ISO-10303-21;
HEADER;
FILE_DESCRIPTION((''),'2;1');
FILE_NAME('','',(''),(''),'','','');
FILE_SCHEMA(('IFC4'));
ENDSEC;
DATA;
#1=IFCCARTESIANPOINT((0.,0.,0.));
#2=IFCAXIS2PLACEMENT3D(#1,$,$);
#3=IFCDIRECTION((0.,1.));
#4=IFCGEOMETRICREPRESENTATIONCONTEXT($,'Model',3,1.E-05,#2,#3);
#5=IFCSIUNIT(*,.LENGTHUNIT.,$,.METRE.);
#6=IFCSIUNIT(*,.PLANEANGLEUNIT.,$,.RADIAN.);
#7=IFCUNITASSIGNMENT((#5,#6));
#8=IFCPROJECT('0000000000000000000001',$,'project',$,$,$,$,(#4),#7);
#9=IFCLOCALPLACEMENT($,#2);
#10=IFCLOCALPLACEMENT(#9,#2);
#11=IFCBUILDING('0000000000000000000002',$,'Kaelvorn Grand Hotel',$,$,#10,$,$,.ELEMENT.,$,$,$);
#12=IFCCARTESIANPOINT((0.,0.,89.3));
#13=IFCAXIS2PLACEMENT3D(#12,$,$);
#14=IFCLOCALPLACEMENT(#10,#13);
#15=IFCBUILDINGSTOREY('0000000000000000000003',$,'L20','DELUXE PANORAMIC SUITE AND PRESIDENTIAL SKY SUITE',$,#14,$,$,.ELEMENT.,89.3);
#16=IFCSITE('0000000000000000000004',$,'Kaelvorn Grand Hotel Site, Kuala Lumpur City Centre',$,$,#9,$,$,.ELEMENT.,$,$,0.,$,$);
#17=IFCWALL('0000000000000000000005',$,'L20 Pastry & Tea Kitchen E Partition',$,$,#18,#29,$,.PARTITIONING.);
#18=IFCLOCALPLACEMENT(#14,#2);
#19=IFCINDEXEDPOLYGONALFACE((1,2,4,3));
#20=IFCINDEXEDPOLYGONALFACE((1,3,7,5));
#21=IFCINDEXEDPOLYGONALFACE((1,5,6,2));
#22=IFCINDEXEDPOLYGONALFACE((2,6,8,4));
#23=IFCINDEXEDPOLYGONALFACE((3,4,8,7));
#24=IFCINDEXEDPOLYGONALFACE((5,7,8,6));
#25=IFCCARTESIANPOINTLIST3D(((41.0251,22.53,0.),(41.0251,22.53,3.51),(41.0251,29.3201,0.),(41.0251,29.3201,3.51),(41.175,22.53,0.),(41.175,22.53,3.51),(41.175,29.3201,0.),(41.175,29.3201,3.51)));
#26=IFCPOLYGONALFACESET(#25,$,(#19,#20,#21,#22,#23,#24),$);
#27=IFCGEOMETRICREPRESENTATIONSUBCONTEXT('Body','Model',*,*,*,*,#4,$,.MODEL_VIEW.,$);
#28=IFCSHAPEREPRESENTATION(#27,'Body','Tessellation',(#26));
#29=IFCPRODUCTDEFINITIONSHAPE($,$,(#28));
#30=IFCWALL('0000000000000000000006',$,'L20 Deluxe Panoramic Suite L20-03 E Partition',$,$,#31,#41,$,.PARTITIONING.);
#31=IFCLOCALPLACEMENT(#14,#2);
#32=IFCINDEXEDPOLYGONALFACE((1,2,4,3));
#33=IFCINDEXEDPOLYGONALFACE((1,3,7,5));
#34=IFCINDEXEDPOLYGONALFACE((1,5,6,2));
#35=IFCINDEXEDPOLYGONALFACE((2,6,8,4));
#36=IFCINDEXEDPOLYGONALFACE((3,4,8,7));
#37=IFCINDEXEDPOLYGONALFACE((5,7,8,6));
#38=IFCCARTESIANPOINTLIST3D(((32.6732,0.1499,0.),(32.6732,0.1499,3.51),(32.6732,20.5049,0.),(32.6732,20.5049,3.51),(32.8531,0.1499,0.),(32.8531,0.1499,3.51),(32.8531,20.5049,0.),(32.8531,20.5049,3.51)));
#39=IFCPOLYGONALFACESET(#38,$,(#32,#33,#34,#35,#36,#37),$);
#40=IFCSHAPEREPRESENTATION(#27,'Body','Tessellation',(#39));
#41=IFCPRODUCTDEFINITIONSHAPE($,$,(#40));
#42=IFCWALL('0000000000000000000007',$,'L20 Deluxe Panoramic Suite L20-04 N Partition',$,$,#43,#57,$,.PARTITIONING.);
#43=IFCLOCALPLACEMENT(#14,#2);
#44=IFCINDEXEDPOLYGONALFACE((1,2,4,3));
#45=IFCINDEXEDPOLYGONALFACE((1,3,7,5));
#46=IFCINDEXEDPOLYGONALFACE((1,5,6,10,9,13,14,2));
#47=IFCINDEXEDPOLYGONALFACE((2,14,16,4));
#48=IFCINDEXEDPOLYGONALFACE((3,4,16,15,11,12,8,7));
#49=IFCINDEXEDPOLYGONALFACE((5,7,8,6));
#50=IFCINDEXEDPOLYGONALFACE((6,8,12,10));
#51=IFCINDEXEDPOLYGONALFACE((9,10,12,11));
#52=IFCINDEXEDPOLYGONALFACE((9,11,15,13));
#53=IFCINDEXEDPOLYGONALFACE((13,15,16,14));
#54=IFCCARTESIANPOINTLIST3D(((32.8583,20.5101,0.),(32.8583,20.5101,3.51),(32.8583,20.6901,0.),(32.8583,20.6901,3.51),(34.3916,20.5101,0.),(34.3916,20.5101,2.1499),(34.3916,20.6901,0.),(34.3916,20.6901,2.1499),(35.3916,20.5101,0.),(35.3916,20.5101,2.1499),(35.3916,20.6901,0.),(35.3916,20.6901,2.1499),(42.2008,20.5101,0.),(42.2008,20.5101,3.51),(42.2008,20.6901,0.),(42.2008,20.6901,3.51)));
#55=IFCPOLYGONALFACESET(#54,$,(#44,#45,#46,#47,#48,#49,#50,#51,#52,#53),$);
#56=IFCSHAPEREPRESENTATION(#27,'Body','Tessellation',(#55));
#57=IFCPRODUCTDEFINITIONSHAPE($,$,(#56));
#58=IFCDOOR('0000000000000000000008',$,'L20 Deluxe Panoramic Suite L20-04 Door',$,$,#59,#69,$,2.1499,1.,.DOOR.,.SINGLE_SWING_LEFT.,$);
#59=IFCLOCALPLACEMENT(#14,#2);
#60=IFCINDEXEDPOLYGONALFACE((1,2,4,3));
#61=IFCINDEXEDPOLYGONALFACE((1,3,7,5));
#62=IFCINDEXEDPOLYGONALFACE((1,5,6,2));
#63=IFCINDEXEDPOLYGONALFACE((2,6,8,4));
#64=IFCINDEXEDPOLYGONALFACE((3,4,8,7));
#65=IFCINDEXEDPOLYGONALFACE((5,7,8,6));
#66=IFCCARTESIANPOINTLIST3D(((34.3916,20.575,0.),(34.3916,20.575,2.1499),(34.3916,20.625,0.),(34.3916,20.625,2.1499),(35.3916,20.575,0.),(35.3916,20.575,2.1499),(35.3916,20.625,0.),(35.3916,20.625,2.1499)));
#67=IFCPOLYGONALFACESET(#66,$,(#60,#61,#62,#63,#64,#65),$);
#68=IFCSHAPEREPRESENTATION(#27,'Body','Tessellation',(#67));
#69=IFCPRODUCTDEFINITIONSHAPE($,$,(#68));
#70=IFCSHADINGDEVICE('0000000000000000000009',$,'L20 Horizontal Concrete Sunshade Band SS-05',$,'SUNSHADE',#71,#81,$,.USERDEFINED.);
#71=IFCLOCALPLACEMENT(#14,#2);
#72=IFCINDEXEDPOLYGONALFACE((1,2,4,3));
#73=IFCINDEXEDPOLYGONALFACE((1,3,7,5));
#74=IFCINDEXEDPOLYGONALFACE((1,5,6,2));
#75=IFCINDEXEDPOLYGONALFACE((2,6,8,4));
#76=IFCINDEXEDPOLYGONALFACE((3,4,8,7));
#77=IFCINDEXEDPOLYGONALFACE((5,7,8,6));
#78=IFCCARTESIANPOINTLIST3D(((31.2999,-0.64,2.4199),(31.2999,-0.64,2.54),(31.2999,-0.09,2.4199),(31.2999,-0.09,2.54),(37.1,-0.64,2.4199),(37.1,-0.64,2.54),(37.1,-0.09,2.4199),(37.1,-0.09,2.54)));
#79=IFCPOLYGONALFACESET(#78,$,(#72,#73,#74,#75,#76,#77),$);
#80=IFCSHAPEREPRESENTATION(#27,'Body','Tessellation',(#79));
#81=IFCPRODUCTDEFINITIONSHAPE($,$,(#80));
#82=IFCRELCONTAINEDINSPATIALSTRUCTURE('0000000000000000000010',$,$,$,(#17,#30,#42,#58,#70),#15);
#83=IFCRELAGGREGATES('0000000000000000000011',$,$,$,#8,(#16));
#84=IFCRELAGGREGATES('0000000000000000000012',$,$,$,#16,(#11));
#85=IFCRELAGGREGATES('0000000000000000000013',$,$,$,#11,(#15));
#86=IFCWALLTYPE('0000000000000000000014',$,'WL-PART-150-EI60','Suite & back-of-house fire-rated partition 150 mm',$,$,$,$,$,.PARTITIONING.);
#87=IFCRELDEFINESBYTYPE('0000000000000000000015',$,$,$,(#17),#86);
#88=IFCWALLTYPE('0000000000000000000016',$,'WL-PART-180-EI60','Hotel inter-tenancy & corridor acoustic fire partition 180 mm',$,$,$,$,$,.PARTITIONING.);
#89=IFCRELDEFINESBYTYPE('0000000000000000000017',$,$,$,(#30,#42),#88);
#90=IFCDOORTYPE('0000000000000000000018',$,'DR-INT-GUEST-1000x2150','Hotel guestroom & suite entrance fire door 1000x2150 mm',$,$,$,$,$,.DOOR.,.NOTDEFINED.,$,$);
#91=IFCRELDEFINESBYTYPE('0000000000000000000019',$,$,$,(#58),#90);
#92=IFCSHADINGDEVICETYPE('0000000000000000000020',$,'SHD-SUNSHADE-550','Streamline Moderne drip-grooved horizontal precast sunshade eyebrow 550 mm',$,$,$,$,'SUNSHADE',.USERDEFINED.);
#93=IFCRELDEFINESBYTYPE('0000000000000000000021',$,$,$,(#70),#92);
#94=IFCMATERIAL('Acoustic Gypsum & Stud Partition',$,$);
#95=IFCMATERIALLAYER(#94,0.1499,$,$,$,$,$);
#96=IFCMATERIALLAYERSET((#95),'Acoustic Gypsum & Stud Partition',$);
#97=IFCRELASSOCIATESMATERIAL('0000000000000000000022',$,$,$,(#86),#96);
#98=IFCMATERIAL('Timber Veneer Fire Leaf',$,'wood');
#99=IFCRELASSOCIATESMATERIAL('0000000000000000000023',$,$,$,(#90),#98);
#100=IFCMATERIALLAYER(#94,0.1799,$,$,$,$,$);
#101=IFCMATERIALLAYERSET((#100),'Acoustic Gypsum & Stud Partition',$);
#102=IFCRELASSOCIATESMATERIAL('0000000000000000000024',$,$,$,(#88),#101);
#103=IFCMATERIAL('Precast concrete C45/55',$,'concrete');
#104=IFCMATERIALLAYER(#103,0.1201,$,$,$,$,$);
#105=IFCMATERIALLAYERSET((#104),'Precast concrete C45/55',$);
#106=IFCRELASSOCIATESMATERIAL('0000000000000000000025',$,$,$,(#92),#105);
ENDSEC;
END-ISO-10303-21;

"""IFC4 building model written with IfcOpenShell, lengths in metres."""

from ifc_helpers import new_model, si_unit, direction, frame, frame_2d, origin, origin_2d, place, context, subcontext, project, spatial, rectangle, extrude, material, layer, layer_set, type_object, element, fill, save


model = new_model("IFC4")

# Units and contexts
model_context = context("Model", 3, precision=1e-05, world=origin(), true_north=direction((0.0, 1.0)))
body_context = subcontext(model_context, "Body", "Model", "MODEL_VIEW")
ifc_project = project(units=[si_unit("LENGTHUNIT", "METRE"), si_unit("PLANEANGLEUNIT", "RADIAN")], contexts=[model_context])

# Site, building, storey
site_placement = place(None, origin())
site = spatial("IfcSite", under=ifc_project, at=site_placement, Name="Kaelvorn Grand Hotel Site, Kuala Lumpur City Centre", CompositionType="ELEMENT", RefElevation=0.0)
building_placement = place(site_placement, origin())
building = spatial("IfcBuilding", under=site, at=building_placement, Name="Kaelvorn Grand Hotel", CompositionType="ELEMENT")
storey_placement = place(building_placement, frame((0.0, 0.0, 89.3)))
storey = spatial("IfcBuildingStorey", under=building, at=storey_placement, Name="L20", Description="DELUXE PANORAMIC SUITE AND PRESIDENTIAL SKY SUITE", CompositionType="ELEMENT", Elevation=89.3)

# Shared definitions
ifc_material_1 = material(Name="Acoustic Gypsum & Stud Partition")
ifc_layer_1 = layer(ifc_material_1, 0.1499)
ifc_layer_set_1 = layer_set([ifc_layer_1], Name="Acoustic Gypsum & Stud Partition")
wall_type_1 = type_object("IfcWallType", Name="WL-PART-150-EI60", Description="Suite & back-of-house fire-rated partition 150 mm", PredefinedType="PARTITIONING", material=ifc_layer_set_1)
ifc_material_2 = material(Name="Timber Veneer Fire Leaf", Category="wood")
door_type_1 = type_object("IfcDoorType", Name="DR-INT-GUEST-1000x2150", Description="Hotel guestroom & suite entrance fire door 1000x2150 mm", OperationType="NOTDEFINED", PredefinedType="DOOR", material=ifc_material_2)

# Walls
wall_1_placement = place(storey_placement, frame((41.1001, 22.53, 0.0), z_axis=(0.0, 0.0, 1.0), x_axis=(0.0, 1.0, 0.0)))
element("IfcWall", 1, at=wall_1_placement, inside=storey, type_object=wall_type_1, Name="L20 Pastry & Tea Kitchen E Partition", PredefinedType="PARTITIONING", context=body_context, shape_type="SweptSolid", body=[
    extrude(rectangle(XDim=6.79, YDim=0.1499, at=frame_2d((3.395, 0.0))), origin(), (0.0, 0.0, 1.0), 3.51),
])
ifc_layer_2 = layer(ifc_material_1, 0.1799)
ifc_layer_set_2 = layer_set([ifc_layer_2], Name="Acoustic Gypsum & Stud Partition")
wall_type_2 = type_object("IfcWallType", Name="WL-PART-180-EI60", Description="Hotel inter-tenancy & corridor acoustic fire partition 180 mm", PredefinedType="PARTITIONING", material=ifc_layer_set_2)
wall_2_placement = place(storey_placement, frame((32.7632, 0.1499, 0.0), z_axis=(0.0, 0.0, 1.0), x_axis=(0.0, 1.0, 0.0)))
element("IfcWall", 2, at=wall_2_placement, inside=storey, type_object=wall_type_2, Name="L20 Deluxe Panoramic Suite L20-03 E Partition", PredefinedType="PARTITIONING", context=body_context, shape_type="SweptSolid", body=[
    extrude(rectangle(XDim=20.355, YDim=0.1799, at=frame_2d((10.1775, 0.0))), origin(), (0.0, 0.0, 1.0), 3.51),
])

# Wall, opening, door
wall_3_placement = place(storey_placement, frame((32.8582, 20.6001, 0.0), z_axis=(0.0, 0.0, 1.0), x_axis=(1.0, 0.0, 0.0)))
wall_3 = element("IfcWall", 3, at=wall_3_placement, inside=storey, type_object=wall_type_2, Name="L20 Deluxe Panoramic Suite L20-04 N Partition", PredefinedType="PARTITIONING", context=body_context, shape_type="SweptSolid", body=[
    extrude(rectangle(XDim=9.3425, YDim=0.1799, at=frame_2d((4.6714, 0.0))), origin(), (0.0, 0.0, 1.0), 3.51),
])
opening_1_placement = place(wall_3_placement, frame((1.5334, 0.0, 0.0)))
opening_1 = element("IfcOpeningElement", 4, at=opening_1_placement, cuts=wall_3, PredefinedType="OPENING", context=body_context, shape_type="SweptSolid", body=[
    extrude(rectangle(XDim=1.0, YDim=2.1499, at=frame_2d((0.5, 1.075))), frame((0.0, 0.1001, 0.0), z_axis=(0.0, -1.0, 0.0), x_axis=(1.0, 0.0, 0.0)), (0.0, 0.0, 1.0), 0.2),
])
door_1_placement = place(opening_1_placement, origin())
door_1 = element("IfcDoor", 5, at=door_1_placement, inside=storey, type_object=door_type_1, Name="L20 Deluxe Panoramic Suite L20-04 Door", OperationType="SINGLE_SWING_LEFT", OverallHeight=2.1499, OverallWidth=1.0, PredefinedType="DOOR", context=body_context, shape_type="SweptSolid", body=[
    extrude(rectangle(XDim=1.0, YDim=2.1499, at=frame_2d((0.5, 1.075))), frame((0.0, 0.0249, 0.0), z_axis=(0.0, -1.0, 0.0), x_axis=(1.0, 0.0, 0.0)), (0.0, 0.0, 1.0), 0.05),
])
fill(opening_1, door_1)

# Shading device
ifc_material_3 = material(Name="Precast concrete C45/55", Category="concrete")
ifc_layer_3 = layer(ifc_material_3, 0.1201)
ifc_layer_set_3 = layer_set([ifc_layer_3], Name="Precast concrete C45/55")
shading_device_type = type_object("IfcShadingDeviceType", Name="SHD-SUNSHADE-550", Description="Streamline Moderne drip-grooved horizontal precast sunshade eyebrow 550 mm", ElementType="SUNSHADE", PredefinedType="USERDEFINED", material=ifc_layer_set_3)
shading_device_placement = place(storey_placement, frame((34.2, -0.365, 2.4199), z_axis=(0.0, 0.0, 1.0), x_axis=(1.0, 0.0, 0.0)))
element("IfcShadingDevice", 6, at=shading_device_placement, inside=storey, type_object=shading_device_type, Name="L20 Horizontal Concrete Sunshade Band SS-05", ObjectType="SUNSHADE", PredefinedType="USERDEFINED", context=body_context, shape_type="SweptSolid", body=[
    extrude(rectangle(XDim=5.8, YDim=0.55, at=origin_2d()), origin(), (0.0, 0.0, 1.0), 0.1201),
])

save(model, "model.ifc")
